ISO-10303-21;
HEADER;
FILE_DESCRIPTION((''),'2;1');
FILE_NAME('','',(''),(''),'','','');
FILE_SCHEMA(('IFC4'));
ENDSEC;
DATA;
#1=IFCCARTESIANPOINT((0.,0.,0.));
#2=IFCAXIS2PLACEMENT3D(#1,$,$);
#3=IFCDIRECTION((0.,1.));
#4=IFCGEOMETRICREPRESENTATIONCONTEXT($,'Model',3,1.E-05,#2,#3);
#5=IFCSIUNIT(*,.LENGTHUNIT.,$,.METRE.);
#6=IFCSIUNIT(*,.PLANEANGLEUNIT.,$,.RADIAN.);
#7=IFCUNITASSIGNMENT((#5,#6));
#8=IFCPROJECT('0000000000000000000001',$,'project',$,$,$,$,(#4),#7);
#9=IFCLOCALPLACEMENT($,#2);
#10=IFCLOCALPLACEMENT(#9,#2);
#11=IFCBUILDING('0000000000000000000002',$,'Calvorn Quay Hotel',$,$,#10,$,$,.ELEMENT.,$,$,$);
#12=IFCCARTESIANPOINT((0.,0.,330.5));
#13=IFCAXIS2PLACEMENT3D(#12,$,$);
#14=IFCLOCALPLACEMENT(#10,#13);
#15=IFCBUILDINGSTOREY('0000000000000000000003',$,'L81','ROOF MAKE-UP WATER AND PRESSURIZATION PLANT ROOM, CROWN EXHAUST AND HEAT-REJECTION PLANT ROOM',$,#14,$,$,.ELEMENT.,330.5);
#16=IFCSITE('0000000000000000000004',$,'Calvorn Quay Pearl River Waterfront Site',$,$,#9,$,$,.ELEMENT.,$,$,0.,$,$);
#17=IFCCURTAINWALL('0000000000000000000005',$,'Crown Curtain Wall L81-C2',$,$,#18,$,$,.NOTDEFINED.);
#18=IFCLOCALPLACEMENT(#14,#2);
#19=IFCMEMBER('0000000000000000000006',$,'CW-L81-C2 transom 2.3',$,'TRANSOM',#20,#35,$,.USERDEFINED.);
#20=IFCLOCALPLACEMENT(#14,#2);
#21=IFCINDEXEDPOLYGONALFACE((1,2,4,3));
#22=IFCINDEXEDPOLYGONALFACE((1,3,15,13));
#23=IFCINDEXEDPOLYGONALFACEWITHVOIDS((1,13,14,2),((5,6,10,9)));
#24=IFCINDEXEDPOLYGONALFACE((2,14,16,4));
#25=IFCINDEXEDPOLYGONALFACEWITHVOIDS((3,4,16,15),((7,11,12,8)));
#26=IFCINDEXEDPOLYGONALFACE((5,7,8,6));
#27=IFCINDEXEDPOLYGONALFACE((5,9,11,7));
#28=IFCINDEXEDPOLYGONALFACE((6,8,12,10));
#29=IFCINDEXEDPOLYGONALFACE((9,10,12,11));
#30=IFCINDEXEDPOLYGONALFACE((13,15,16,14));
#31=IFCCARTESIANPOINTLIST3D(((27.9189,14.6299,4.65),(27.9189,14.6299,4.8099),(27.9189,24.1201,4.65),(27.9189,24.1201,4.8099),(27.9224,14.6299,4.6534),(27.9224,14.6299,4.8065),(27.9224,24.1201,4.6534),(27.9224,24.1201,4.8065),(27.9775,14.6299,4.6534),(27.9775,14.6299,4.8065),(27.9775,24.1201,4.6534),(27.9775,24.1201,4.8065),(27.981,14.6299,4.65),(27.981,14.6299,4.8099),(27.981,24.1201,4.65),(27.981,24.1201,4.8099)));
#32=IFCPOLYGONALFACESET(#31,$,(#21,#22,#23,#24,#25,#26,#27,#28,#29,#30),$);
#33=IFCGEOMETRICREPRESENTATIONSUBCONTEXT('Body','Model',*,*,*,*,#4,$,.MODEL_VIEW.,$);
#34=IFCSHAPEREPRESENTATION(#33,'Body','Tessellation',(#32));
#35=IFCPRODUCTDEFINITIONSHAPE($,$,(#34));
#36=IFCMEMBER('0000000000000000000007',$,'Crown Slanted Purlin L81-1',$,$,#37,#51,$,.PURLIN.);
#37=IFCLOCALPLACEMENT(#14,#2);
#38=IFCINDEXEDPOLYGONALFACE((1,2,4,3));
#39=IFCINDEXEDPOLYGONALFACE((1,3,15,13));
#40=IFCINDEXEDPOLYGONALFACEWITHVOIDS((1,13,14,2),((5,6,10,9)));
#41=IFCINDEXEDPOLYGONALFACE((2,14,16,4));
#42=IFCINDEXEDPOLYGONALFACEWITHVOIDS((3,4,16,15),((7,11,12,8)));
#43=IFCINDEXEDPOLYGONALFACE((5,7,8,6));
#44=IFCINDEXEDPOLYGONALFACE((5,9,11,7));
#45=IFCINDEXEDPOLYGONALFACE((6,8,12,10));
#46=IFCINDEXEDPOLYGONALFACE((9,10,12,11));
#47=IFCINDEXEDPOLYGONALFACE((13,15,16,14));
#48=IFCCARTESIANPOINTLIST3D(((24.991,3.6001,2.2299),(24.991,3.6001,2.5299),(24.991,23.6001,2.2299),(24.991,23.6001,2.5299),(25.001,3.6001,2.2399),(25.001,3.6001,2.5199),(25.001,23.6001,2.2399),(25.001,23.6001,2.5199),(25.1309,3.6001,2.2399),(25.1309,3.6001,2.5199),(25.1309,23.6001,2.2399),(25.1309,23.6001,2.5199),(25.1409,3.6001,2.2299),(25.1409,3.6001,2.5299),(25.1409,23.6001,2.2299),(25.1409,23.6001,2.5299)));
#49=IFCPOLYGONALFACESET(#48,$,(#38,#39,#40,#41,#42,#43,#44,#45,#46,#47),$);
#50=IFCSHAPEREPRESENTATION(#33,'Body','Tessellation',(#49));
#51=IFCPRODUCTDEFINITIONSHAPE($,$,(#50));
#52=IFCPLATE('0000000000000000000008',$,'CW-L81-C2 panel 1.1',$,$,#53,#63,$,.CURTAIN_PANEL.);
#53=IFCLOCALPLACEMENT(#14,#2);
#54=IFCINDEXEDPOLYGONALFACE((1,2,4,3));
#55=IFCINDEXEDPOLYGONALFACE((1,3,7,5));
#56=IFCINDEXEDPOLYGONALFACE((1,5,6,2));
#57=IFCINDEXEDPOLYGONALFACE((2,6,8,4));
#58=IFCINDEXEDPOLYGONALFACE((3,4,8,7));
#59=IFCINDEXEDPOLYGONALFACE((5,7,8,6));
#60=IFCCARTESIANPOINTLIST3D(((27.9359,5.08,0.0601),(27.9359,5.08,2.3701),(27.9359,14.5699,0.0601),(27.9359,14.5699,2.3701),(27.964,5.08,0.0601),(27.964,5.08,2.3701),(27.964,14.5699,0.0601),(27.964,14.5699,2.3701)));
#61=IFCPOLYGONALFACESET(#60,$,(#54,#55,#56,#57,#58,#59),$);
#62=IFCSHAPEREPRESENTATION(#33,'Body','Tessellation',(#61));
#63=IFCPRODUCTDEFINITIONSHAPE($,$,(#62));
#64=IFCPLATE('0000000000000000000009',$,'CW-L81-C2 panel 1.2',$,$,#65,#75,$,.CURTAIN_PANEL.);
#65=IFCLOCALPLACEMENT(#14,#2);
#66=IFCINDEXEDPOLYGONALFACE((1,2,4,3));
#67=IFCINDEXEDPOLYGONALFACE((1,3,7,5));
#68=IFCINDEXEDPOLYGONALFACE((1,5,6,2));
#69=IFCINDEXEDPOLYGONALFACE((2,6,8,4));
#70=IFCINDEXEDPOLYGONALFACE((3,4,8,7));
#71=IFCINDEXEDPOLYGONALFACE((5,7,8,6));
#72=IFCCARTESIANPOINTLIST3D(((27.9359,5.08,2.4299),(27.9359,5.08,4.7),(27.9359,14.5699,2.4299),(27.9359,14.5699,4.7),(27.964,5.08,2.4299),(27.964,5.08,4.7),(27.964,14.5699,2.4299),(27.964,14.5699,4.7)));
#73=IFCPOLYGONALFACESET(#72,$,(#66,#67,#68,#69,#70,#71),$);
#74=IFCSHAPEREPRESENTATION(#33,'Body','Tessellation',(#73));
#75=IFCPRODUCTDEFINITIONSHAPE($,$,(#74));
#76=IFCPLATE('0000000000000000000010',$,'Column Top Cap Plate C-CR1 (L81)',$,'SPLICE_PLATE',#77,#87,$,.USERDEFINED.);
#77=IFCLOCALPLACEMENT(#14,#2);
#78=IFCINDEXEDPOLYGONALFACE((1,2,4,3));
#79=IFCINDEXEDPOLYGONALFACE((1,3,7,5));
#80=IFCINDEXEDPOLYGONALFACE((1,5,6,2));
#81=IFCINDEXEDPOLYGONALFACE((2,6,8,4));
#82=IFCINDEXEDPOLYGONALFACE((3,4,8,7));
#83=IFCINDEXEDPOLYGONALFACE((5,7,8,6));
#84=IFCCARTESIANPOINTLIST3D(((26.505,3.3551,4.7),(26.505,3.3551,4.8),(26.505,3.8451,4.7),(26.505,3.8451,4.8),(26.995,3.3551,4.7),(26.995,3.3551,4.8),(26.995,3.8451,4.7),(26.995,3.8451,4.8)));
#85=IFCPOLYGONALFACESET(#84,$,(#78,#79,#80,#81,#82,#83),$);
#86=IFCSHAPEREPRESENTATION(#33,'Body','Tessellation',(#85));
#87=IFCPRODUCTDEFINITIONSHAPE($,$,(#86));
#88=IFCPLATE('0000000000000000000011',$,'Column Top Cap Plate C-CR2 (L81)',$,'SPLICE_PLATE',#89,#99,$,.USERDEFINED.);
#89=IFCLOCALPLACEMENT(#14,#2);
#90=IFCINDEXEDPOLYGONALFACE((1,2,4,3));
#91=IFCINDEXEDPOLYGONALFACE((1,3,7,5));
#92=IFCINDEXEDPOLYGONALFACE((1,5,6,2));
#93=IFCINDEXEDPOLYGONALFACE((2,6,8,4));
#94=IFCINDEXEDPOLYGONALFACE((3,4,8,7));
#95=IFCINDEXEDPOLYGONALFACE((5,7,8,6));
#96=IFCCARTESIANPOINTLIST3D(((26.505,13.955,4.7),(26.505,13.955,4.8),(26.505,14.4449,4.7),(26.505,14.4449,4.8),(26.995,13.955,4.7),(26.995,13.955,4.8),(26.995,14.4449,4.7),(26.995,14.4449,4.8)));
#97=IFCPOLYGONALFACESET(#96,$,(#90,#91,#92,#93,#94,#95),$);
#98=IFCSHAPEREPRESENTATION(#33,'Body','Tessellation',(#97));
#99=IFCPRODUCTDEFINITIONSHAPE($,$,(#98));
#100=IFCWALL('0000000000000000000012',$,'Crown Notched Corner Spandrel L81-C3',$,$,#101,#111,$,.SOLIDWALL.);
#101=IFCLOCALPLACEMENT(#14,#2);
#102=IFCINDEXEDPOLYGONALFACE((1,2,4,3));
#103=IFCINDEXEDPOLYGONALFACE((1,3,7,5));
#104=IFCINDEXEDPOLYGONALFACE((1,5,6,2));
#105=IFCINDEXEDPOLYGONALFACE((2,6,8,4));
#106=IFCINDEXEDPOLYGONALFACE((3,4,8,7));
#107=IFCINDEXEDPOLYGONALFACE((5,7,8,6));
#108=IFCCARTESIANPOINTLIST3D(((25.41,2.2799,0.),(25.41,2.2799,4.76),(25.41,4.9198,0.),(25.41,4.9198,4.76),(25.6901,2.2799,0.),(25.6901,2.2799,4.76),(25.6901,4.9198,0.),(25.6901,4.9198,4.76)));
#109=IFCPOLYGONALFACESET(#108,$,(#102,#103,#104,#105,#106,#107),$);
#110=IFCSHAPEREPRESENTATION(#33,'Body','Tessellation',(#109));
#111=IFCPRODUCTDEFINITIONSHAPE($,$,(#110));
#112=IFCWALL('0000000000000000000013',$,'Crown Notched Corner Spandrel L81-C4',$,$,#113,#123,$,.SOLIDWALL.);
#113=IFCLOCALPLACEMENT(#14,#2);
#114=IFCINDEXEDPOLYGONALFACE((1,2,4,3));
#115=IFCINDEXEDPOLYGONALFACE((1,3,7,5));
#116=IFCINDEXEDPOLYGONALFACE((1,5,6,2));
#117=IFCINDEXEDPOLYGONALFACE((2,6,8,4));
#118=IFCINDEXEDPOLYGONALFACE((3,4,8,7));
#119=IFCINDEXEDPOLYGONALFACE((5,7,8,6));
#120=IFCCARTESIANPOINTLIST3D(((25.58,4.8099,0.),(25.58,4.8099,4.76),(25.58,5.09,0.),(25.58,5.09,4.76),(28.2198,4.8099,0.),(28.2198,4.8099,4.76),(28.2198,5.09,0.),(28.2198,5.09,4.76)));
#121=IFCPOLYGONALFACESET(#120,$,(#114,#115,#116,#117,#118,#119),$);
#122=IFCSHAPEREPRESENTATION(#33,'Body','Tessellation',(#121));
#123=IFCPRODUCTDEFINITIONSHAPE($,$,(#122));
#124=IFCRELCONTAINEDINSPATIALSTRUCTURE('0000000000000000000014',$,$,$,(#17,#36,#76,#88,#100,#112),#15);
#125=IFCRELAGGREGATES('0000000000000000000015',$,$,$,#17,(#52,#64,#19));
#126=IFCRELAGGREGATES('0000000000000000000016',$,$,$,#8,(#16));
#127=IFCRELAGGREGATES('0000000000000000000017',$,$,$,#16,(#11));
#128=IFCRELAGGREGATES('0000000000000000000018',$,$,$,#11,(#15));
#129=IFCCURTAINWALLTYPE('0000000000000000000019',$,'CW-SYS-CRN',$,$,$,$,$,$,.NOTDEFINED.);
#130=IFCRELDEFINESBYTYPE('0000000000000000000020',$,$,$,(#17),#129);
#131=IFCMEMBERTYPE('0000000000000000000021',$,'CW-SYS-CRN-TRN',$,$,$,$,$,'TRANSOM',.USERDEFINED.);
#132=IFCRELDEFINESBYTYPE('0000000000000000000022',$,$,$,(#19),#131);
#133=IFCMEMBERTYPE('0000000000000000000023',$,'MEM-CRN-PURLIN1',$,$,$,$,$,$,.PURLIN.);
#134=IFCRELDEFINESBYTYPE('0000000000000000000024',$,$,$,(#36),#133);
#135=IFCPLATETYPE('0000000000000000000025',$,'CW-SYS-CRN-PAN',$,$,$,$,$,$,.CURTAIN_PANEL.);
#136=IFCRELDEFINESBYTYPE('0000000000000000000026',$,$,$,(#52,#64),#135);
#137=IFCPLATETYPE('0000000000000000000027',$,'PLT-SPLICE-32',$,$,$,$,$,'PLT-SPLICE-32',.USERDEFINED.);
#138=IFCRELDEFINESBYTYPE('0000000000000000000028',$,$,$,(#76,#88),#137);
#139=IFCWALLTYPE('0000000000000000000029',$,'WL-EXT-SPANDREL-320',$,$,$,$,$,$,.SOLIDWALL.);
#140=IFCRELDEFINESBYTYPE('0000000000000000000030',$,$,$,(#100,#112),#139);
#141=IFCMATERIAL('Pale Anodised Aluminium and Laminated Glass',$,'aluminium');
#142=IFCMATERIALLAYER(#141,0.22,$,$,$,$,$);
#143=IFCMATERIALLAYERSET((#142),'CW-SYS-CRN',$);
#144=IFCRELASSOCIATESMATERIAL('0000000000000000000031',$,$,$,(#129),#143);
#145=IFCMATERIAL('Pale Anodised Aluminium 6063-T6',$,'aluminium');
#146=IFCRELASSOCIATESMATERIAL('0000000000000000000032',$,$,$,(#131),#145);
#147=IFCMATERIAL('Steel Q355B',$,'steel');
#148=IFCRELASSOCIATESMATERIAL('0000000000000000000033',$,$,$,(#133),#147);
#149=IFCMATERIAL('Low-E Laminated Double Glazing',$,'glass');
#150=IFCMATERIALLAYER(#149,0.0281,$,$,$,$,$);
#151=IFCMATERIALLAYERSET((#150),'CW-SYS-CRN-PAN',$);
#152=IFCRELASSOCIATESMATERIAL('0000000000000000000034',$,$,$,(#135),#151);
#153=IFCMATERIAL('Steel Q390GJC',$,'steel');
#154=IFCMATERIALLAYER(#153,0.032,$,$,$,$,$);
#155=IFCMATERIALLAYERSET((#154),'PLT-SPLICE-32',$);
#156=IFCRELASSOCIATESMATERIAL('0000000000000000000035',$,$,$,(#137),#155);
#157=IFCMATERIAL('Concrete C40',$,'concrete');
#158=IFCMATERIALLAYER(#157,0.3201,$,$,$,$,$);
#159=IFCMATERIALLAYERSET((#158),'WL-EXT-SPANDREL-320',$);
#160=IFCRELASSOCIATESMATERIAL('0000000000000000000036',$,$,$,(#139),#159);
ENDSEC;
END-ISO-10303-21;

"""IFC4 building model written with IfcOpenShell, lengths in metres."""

from ifc_helpers import new_model, si_unit, direction, frame, frame_2d, origin, origin_2d, place, context, subcontext, project, spatial, rectangle, hollow_rectangle, extrude, material, layer, layer_set, material_profile, profile_set, type_object, element, aggregate, save


model = new_model("IFC4")

# Units and contexts
model_context = context("Model", 3, precision=1e-05, world=origin(), true_north=direction((0.0, 1.0)))
body_context = subcontext(model_context, "Body", "Model", "MODEL_VIEW")
ifc_project = project(units=[si_unit("LENGTHUNIT", "METRE"), si_unit("PLANEANGLEUNIT", "RADIAN")], contexts=[model_context])

# Site, building, storey
site_placement = place(None, origin())
site = spatial("IfcSite", under=ifc_project, at=site_placement, Name="Calvorn Quay Pearl River Waterfront Site", CompositionType="ELEMENT", RefElevation=0.0)
building_placement = place(site_placement, origin())
building = spatial("IfcBuilding", under=site, at=building_placement, Name="Calvorn Quay Hotel", CompositionType="ELEMENT")
storey_placement = place(building_placement, frame((0.0, 0.0, 330.5)))
storey = spatial("IfcBuildingStorey", under=building, at=storey_placement, Name="L81", Description="ROOF MAKE-UP WATER AND PRESSURIZATION PLANT ROOM, CROWN EXHAUST AND HEAT-REJECTION PLANT ROOM", CompositionType="ELEMENT", Elevation=330.5)

# Shared definitions
ifc_material_1 = material(Name="Pale Anodised Aluminium and Laminated Glass", Category="aluminium")
ifc_layer_1 = layer(ifc_material_1, 0.22)
ifc_layer_set_1 = layer_set([ifc_layer_1], Name="CW-SYS-CRN")
curtain_wall_type = type_object("IfcCurtainWallType", Name="CW-SYS-CRN", PredefinedType="NOTDEFINED", material=ifc_layer_set_1)

# Curtain wall, member
curtain_wall_1_placement = place(storey_placement, origin())
curtain_wall_1 = element("IfcCurtainWall", 1, at=curtain_wall_1_placement, inside=storey, type_object=curtain_wall_type, Name="Crown Curtain Wall L81-C2", PredefinedType="NOTDEFINED")
ifc_material_2 = material(Name="Pale Anodised Aluminium 6063-T6", Category="aluminium")
ifc_material_profile_1 = material_profile(ifc_material_2, hollow_rectangle(XDim=0.062, YDim=0.1599, WallThickness=0.0034, at=origin_2d()), Name="ALU-T160x62x3.5")
ifc_profile_set_1 = profile_set([ifc_material_profile_1], Name="Pale Anodised Aluminium 6063-T6")
member_type_1 = type_object("IfcMemberType", Name="CW-SYS-CRN-TRN", ElementType="TRANSOM", PredefinedType="USERDEFINED", material=ifc_profile_set_1)
member_1_placement = place(storey_placement, frame((27.95, 14.6299, 4.73), z_axis=(0.0, 1.0, 0.0), x_axis=(-1.0, 0.0, 0.0)))
member_1 = element("IfcMember", 2, at=member_1_placement, type_object=member_type_1, Name="CW-L81-C2 transom 2.3", ObjectType="TRANSOM", PredefinedType="USERDEFINED", context=body_context, shape_type="SweptSolid", body=[
    extrude(hollow_rectangle(XDim=0.062, YDim=0.1599, WallThickness=0.0034, at=origin_2d()), origin(), (0.0, 0.0, 1.0), 9.4902),
])

# Member
ifc_material_3 = material(Name="Steel Q355B", Category="steel")
ifc_material_profile_2 = material_profile(ifc_material_3, hollow_rectangle(XDim=0.1499, YDim=0.3, WallThickness=0.01, at=origin_2d()), Name="RHS300x150x10")
ifc_profile_set_2 = profile_set([ifc_material_profile_2], Name="Steel Q355B")
member_type_2 = type_object("IfcMemberType", Name="MEM-CRN-PURLIN1", PredefinedType="PURLIN", material=ifc_profile_set_2)
member_2_placement = place(storey_placement, frame((25.0659, 3.6001, 2.3799), z_axis=(0.0, 1.0, 0.0), x_axis=(-1.0, 0.0, 0.0)))
element("IfcMember", 3, at=member_2_placement, inside=storey, type_object=member_type_2, Name="Crown Slanted Purlin L81-1", PredefinedType="PURLIN", context=body_context, shape_type="SweptSolid", body=[
    extrude(hollow_rectangle(XDim=0.1499, YDim=0.3, WallThickness=0.01, at=origin_2d()), origin(), (0.0, 0.0, 1.0), 20.0),
])

# Plates
ifc_material_4 = material(Name="Low-E Laminated Double Glazing", Category="glass")
ifc_layer_2 = layer(ifc_material_4, 0.0281)
ifc_layer_set_2 = layer_set([ifc_layer_2], Name="CW-SYS-CRN-PAN")
plate_type_1 = type_object("IfcPlateType", Name="CW-SYS-CRN-PAN", PredefinedType="CURTAIN_PANEL", material=ifc_layer_set_2)
plate_1_placement = place(storey_placement, frame((27.95, 9.825, 0.0601), z_axis=(0.0, 0.0, 1.0), x_axis=(0.0, 1.0, 0.0)))
plate_1 = element("IfcPlate", 4, at=plate_1_placement, type_object=plate_type_1, Name="CW-L81-C2 panel 1.1", PredefinedType="CURTAIN_PANEL", context=body_context, shape_type="SweptSolid", body=[
    extrude(rectangle(XDim=9.49, YDim=0.0281, at=origin_2d()), origin(), (0.0, 0.0, 1.0), 2.3101),
])
plate_2_placement = place(storey_placement, frame((27.95, 9.825, 2.4299), z_axis=(0.0, 0.0, 1.0), x_axis=(0.0, 1.0, 0.0)))
plate_2 = element("IfcPlate", 5, at=plate_2_placement, type_object=plate_type_1, Name="CW-L81-C2 panel 1.2", PredefinedType="CURTAIN_PANEL", context=body_context, shape_type="SweptSolid", body=[
    extrude(rectangle(XDim=9.49, YDim=0.0281, at=origin_2d()), origin(), (0.0, 0.0, 1.0), 2.27),
])
aggregate(curtain_wall_1, [plate_1, plate_2, member_1])

# Plates
ifc_material_5 = material(Name="Steel Q390GJC", Category="steel")
ifc_layer_3 = layer(ifc_material_5, 0.032)
ifc_layer_set_3 = layer_set([ifc_layer_3], Name="PLT-SPLICE-32")
plate_type_2 = type_object("IfcPlateType", Name="PLT-SPLICE-32", ElementType="PLT-SPLICE-32", PredefinedType="USERDEFINED", material=ifc_layer_set_3)
for number, where, z_axis, x_axis, name in (
    (6, (26.75, 3.6001, 4.7), (0.0, 0.0, 1.0), (1.0, 0.0, 0.0), "Column Top Cap Plate C-CR1 (L81)"),
    (7, (26.75, 14.2, 4.7), (0.0, 0.0, 1.0), (1.0, 0.0, 0.0), "Column Top Cap Plate C-CR2 (L81)"),
):
    element("IfcPlate", number, at=place(storey_placement, frame(where, z_axis=z_axis, x_axis=x_axis)), inside=storey, type_object=plate_type_2, Name=name, ObjectType="SPLICE_PLATE", PredefinedType="USERDEFINED", context=body_context, shape_type="SweptSolid", body=[
        extrude(rectangle(XDim=0.49, YDim=0.49, at=origin_2d()), origin(), (0.0, 0.0, 1.0), 0.1001),
    ])

# Walls
ifc_material_6 = material(Name="Concrete C40", Category="concrete")
ifc_layer_4 = layer(ifc_material_6, 0.3201)
ifc_layer_set_4 = layer_set([ifc_layer_4], Name="WL-EXT-SPANDREL-320")
wall_type = type_object("IfcWallType", Name="WL-EXT-SPANDREL-320", PredefinedType="SOLIDWALL", material=ifc_layer_set_4)
for number, where, z_axis, x_axis, name in (
    (8, (25.55, 2.28, 0.0), (0.0, 0.0, 1.0), (0.0, 1.0, 0.0), "Crown Notched Corner Spandrel L81-C3"),
    (9, (25.5801, 4.95, 0.0), (0.0, 0.0, 1.0), (1.0, 0.0, 0.0), "Crown Notched Corner Spandrel L81-C4"),
):
    element("IfcWall", number, at=place(storey_placement, frame(where, z_axis=z_axis, x_axis=x_axis)), inside=storey, type_object=wall_type, Name=name, PredefinedType="SOLIDWALL", context=body_context, shape_type="SweptSolid", body=[
        extrude(rectangle(XDim=2.6399, YDim=0.28, at=frame_2d((1.3198, 0.0))), origin(), (0.0, 0.0, 1.0), 4.76),
    ])

save(model, "model.ifc")
